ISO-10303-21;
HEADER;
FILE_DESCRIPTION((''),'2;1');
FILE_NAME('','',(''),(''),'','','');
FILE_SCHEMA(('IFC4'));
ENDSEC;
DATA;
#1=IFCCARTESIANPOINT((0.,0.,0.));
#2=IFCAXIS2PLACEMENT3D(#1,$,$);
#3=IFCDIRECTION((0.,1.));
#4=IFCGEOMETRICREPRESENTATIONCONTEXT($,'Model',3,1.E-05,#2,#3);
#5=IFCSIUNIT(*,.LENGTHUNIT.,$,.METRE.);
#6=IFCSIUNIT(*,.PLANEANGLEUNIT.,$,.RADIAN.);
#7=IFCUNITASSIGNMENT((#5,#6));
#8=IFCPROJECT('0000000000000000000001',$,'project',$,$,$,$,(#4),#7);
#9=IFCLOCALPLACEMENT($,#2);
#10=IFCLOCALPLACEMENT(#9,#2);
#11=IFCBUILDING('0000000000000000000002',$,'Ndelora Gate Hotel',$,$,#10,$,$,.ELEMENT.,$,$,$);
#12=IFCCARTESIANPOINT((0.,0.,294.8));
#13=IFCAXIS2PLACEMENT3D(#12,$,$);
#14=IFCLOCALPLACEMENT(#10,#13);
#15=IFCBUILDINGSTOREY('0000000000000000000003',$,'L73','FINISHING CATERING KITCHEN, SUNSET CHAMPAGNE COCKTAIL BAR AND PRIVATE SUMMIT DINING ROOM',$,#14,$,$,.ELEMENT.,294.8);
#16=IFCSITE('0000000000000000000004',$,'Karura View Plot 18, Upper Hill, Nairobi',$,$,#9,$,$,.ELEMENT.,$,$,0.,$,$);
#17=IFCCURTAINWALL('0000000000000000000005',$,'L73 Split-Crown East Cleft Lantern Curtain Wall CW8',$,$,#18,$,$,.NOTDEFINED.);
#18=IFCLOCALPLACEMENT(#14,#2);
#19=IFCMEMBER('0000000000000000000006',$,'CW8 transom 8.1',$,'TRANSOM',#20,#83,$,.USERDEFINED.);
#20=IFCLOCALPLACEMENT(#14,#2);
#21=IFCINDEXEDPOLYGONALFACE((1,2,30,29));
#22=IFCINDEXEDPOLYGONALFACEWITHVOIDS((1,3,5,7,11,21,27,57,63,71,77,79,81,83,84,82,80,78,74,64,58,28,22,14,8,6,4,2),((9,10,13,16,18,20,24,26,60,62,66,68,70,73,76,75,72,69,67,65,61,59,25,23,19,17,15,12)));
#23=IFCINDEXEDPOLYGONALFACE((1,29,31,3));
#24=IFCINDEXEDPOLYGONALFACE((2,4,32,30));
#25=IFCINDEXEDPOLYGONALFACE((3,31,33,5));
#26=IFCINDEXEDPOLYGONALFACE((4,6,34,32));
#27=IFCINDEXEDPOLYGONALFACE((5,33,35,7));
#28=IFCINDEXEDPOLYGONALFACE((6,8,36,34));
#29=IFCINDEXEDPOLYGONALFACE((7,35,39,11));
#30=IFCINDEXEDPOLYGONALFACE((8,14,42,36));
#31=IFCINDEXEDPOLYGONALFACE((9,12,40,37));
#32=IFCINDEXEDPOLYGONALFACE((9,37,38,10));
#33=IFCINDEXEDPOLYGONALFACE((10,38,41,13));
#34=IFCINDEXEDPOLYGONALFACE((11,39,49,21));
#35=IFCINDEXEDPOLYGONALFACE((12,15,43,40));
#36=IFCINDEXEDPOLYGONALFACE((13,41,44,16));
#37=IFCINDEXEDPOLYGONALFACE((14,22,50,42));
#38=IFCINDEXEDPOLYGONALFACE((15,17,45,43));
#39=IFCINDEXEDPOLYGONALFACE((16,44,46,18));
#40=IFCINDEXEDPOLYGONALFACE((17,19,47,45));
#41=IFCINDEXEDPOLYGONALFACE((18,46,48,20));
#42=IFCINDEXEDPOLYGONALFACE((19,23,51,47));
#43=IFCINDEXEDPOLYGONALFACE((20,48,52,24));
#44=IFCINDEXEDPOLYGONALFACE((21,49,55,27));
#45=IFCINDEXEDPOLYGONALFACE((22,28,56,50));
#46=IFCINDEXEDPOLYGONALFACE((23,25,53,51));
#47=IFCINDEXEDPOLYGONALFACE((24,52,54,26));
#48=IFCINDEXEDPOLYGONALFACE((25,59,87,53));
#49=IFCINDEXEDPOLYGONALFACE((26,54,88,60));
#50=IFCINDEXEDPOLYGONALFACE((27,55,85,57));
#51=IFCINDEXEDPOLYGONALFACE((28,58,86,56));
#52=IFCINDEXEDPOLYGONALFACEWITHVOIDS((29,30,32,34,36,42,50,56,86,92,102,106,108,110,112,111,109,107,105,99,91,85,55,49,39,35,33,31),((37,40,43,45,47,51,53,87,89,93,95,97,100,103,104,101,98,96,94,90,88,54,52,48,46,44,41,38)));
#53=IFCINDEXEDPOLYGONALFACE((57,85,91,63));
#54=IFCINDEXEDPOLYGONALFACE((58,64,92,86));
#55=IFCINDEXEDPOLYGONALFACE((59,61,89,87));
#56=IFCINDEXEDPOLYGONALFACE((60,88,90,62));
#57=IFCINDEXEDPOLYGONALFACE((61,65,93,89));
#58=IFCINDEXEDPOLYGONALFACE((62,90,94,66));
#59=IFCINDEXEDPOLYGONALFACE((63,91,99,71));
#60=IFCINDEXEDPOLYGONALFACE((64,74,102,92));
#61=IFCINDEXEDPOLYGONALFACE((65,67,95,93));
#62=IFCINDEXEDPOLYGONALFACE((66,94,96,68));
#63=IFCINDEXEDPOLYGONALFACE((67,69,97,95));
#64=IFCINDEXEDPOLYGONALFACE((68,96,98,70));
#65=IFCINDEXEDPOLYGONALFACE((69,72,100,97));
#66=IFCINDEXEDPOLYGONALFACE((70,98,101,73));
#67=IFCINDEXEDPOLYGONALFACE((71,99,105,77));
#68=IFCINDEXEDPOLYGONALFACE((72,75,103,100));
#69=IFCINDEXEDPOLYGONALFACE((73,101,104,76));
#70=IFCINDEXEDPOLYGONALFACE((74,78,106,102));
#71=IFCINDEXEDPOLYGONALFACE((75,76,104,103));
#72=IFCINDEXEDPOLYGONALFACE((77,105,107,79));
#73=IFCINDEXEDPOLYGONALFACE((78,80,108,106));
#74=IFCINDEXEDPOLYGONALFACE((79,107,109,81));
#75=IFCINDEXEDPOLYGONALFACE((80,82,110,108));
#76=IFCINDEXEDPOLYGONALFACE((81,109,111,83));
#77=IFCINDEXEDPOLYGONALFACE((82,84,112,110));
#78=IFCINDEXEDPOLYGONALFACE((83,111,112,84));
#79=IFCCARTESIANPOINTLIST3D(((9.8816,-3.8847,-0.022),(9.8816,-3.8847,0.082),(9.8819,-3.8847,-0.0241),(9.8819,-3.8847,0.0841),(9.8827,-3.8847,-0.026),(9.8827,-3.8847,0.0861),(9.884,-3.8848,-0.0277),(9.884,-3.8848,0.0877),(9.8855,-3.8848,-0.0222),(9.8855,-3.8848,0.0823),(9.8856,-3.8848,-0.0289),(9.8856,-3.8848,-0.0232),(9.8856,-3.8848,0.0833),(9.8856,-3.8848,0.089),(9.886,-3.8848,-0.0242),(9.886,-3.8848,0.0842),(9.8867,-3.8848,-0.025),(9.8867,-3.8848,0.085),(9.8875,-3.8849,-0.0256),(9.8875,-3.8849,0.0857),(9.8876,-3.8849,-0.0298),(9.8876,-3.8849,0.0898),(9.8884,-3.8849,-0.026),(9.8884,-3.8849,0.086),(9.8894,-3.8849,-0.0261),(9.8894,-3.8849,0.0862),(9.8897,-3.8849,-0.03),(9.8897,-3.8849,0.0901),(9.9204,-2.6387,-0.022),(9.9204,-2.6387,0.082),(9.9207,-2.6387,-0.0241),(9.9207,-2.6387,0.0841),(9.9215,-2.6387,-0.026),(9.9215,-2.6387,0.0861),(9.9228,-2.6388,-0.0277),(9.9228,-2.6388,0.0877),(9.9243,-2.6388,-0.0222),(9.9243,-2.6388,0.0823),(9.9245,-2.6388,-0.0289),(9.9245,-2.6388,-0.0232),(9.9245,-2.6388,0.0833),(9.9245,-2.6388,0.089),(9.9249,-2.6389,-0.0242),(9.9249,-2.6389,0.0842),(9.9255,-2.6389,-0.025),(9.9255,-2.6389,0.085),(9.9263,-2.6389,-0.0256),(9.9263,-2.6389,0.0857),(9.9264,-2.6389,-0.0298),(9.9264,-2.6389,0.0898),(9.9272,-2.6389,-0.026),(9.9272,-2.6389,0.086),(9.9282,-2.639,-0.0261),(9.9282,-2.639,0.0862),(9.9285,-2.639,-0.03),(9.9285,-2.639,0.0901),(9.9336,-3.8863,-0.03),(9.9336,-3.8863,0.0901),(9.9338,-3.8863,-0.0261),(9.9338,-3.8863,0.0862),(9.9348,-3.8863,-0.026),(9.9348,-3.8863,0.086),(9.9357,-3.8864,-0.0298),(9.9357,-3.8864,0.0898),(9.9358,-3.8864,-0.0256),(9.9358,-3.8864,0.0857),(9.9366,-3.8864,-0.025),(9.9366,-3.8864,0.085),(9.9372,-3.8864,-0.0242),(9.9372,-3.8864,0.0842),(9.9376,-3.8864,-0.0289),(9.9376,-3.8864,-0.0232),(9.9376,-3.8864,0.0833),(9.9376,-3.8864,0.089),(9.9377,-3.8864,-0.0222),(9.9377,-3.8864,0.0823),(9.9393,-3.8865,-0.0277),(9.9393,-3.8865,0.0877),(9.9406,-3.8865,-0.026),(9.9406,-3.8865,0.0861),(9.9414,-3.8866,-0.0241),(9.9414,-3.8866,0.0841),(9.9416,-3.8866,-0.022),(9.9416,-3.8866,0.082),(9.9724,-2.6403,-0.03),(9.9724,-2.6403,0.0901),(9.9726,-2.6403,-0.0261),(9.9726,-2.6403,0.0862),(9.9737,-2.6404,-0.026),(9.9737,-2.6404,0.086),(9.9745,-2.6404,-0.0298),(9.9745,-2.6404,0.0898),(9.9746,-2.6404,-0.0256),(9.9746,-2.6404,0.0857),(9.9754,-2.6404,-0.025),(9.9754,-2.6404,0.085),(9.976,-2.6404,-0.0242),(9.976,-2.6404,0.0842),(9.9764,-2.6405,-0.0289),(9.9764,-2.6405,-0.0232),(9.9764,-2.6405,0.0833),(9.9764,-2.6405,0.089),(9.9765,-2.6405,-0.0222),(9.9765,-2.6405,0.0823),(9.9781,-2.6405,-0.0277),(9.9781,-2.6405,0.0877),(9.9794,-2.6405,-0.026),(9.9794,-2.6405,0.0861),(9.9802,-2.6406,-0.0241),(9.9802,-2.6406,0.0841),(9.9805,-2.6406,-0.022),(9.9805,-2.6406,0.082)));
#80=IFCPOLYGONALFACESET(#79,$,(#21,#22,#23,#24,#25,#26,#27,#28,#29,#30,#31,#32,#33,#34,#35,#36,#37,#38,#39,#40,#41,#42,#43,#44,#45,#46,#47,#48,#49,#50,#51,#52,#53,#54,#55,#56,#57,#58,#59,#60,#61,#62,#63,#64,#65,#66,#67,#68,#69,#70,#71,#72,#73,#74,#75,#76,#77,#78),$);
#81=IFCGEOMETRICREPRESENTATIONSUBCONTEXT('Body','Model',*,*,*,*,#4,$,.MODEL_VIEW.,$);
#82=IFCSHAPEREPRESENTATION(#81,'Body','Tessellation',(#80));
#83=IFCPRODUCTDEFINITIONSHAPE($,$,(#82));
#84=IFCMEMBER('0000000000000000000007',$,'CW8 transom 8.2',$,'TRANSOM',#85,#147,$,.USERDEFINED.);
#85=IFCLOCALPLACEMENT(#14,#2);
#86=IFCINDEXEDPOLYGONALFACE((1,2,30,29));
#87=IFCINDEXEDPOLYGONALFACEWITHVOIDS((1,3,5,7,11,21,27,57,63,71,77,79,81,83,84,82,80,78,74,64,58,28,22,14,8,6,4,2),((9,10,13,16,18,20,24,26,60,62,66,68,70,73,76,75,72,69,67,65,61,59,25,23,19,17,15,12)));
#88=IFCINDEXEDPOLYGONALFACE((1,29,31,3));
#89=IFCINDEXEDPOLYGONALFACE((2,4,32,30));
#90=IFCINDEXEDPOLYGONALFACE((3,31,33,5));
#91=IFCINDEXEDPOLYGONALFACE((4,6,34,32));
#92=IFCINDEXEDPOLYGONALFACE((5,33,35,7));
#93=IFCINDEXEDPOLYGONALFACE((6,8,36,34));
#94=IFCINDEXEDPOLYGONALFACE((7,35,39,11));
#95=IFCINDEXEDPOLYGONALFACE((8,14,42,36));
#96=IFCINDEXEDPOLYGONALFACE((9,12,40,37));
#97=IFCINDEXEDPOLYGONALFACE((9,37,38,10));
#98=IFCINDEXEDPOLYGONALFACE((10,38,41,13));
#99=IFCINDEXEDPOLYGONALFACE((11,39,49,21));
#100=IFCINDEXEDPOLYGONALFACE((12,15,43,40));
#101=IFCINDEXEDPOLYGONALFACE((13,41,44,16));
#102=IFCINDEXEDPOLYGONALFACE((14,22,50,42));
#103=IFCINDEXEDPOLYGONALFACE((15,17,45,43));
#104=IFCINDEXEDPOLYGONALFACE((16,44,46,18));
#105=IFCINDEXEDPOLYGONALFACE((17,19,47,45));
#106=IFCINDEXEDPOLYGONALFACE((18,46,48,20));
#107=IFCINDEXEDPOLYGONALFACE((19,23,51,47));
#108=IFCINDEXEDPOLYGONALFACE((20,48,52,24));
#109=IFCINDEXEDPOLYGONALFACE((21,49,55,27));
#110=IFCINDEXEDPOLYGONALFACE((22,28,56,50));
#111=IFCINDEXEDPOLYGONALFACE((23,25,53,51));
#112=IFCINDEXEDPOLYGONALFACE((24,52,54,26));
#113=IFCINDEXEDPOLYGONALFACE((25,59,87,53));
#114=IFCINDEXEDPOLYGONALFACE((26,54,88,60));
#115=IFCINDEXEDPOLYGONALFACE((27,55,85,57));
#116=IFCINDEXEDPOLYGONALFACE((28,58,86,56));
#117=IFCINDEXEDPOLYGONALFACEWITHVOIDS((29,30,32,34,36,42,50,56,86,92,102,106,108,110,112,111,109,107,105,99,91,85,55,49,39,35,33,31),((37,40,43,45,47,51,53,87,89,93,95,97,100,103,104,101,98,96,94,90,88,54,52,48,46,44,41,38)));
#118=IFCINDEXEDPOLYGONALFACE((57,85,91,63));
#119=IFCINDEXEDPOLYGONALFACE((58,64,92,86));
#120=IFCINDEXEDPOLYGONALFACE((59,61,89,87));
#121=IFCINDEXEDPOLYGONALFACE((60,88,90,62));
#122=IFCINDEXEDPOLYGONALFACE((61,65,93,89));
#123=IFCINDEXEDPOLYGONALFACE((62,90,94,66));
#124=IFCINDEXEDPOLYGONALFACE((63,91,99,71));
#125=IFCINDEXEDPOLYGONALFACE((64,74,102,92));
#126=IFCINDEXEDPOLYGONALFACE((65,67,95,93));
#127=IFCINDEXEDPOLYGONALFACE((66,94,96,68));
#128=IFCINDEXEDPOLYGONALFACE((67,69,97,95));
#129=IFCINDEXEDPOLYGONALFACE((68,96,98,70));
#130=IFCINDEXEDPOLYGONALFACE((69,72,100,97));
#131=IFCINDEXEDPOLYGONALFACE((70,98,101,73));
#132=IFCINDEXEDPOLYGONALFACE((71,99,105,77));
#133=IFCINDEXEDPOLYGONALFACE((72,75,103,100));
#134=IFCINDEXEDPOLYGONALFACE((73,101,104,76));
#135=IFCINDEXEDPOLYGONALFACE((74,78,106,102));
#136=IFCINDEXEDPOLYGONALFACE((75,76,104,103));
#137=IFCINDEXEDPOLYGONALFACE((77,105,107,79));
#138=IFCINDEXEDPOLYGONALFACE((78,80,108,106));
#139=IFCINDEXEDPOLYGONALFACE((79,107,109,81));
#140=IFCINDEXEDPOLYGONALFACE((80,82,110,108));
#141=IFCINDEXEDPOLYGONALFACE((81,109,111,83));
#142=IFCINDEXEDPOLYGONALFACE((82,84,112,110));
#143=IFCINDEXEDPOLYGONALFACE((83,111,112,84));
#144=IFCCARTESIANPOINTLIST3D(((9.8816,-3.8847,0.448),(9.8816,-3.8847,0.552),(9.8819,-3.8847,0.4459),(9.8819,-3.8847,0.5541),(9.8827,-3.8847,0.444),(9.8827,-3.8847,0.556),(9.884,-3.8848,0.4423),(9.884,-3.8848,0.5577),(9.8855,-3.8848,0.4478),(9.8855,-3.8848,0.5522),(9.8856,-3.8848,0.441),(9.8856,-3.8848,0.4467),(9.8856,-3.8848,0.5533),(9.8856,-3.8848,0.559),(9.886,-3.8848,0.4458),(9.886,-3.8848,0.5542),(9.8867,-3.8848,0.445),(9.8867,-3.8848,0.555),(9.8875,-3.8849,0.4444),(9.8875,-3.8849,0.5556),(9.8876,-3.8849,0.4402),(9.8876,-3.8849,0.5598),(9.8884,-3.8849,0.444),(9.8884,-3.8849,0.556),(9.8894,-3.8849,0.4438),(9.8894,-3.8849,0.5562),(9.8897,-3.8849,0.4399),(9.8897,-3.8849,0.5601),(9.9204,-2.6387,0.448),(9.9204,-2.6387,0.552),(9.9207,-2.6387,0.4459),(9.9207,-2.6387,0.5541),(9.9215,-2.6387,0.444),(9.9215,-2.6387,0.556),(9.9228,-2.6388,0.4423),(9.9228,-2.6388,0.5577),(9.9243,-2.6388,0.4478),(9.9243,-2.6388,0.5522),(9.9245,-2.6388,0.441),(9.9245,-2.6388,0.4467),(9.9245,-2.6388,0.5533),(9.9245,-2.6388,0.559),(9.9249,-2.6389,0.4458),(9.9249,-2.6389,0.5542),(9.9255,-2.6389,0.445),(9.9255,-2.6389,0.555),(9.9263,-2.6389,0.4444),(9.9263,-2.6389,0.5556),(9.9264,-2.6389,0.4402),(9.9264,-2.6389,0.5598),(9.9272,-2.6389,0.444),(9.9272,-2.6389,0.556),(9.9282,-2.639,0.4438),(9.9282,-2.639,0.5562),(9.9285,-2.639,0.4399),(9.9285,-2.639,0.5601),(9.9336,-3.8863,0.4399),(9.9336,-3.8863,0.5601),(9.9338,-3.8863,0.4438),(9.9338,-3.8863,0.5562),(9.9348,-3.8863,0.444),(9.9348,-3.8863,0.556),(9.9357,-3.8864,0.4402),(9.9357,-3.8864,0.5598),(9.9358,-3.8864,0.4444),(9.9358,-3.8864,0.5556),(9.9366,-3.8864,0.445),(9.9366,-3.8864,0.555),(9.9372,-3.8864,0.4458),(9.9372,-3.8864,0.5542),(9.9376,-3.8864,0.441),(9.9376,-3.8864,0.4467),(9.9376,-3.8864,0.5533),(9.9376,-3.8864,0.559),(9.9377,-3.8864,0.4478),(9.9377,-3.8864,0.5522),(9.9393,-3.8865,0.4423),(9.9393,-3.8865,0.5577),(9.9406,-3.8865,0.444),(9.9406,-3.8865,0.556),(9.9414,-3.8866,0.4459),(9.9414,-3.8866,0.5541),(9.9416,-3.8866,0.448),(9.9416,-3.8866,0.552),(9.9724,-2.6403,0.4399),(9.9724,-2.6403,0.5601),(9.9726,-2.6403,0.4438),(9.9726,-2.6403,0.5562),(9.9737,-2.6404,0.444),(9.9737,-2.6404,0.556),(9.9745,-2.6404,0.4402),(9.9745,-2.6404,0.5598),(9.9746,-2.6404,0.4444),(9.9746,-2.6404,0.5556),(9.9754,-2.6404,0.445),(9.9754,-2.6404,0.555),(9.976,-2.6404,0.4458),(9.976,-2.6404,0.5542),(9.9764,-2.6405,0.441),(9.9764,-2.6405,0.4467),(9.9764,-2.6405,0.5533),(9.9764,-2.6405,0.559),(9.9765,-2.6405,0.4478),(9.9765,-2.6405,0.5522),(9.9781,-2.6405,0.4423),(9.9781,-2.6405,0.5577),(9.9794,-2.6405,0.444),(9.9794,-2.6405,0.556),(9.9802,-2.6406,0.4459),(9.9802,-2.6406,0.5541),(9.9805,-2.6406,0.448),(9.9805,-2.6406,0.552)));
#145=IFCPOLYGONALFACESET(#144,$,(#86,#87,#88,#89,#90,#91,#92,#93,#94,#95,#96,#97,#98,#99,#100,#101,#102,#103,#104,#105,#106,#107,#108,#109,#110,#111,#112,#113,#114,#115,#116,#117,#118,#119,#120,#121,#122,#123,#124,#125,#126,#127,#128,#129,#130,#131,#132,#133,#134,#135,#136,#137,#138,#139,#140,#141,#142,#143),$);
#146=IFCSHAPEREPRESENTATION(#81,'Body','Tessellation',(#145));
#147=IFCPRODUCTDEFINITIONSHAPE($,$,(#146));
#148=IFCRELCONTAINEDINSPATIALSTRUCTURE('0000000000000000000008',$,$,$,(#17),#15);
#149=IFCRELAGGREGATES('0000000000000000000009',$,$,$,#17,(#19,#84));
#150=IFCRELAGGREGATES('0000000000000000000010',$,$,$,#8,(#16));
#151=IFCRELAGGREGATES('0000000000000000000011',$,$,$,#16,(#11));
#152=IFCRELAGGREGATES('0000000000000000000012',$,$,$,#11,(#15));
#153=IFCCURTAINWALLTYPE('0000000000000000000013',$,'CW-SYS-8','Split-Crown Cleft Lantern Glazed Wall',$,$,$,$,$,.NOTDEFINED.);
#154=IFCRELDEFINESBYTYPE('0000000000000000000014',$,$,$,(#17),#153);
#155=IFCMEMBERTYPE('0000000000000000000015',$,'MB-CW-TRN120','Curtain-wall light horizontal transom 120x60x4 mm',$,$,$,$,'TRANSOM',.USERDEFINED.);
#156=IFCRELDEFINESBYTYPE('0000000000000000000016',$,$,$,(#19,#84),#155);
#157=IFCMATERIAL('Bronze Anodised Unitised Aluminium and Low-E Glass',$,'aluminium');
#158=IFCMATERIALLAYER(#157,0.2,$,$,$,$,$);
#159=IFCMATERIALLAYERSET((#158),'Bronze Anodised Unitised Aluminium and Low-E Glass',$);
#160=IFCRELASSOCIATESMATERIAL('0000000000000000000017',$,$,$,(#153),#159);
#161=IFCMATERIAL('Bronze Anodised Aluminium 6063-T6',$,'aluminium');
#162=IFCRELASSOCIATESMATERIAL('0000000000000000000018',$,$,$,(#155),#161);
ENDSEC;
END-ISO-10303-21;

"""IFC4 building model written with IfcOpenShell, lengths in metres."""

from ifc_helpers import new_model, si_unit, direction, frame, origin, origin_2d, place, context, subcontext, project, spatial, hollow_rectangle, extrude, material, layer, layer_set, material_profile, profile_set, type_object, element, aggregate, save


model = new_model("IFC4")

# Units and contexts
model_context = context("Model", 3, precision=1e-05, world=origin(), true_north=direction((0.0, 1.0)))
body_context = subcontext(model_context, "Body", "Model", "MODEL_VIEW")
ifc_project = project(units=[si_unit("LENGTHUNIT", "METRE"), si_unit("PLANEANGLEUNIT", "RADIAN")], contexts=[model_context])

# Site, building, storey
site_placement = place(None, origin())
site = spatial("IfcSite", under=ifc_project, at=site_placement, Name="Karura View Plot 18, Upper Hill, Nairobi", CompositionType="ELEMENT", RefElevation=0.0)
building_placement = place(site_placement, origin())
building = spatial("IfcBuilding", under=site, at=building_placement, Name="Ndelora Gate Hotel", CompositionType="ELEMENT")
storey_placement = place(building_placement, frame((0.0, 0.0, 294.8)))
storey = spatial("IfcBuildingStorey", under=building, at=storey_placement, Name="L73", Description="FINISHING CATERING KITCHEN, SUNSET CHAMPAGNE COCKTAIL BAR AND PRIVATE SUMMIT DINING ROOM", CompositionType="ELEMENT", Elevation=294.8)

# Shared definitions
ifc_material_1 = material(Name="Bronze Anodised Unitised Aluminium and Low-E Glass", Category="aluminium")
ifc_layer_1 = layer(ifc_material_1, 0.2)
ifc_layer_set_1 = layer_set([ifc_layer_1], Name="Bronze Anodised Unitised Aluminium and Low-E Glass")
curtain_wall_type = type_object("IfcCurtainWallType", Name="CW-SYS-8", Description="Split-Crown Cleft Lantern Glazed Wall", PredefinedType="NOTDEFINED", material=ifc_layer_set_1)
ifc_material_2 = material(Name="Bronze Anodised Aluminium 6063-T6", Category="aluminium")

# Curtain wall, members
curtain_wall_1_placement = place(storey_placement, origin())
curtain_wall_1 = element("IfcCurtainWall", 1, at=curtain_wall_1_placement, inside=storey, type_object=curtain_wall_type, Name="L73 Split-Crown East Cleft Lantern Curtain Wall CW8", PredefinedType="NOTDEFINED")
ifc_material_profile_1 = material_profile(ifc_material_2, hollow_rectangle(XDim=0.0601, YDim=0.1201, WallThickness=0.0039, InnerFilletRadius=0.0039, OuterFilletRadius=0.0081, at=origin_2d()), Name="ALU 120x60x4")
ifc_profile_set_1 = profile_set([ifc_material_profile_1], Name="Bronze Anodised Aluminium 6063-T6")
member_type_1 = type_object("IfcMemberType", Name="MB-CW-TRN120", Description="Curtain-wall light horizontal transom 120x60x4 mm", ElementType="TRANSOM", PredefinedType="USERDEFINED", material=ifc_profile_set_1)
member_1_placement = place(storey_placement, frame((9.9504, -2.6396, 0.03), z_axis=(-0.031137, -0.999515, 0.0), x_axis=(0.999515, -0.031137, 0.0)))
member_1 = element("IfcMember", 2, at=member_1_placement, type_object=member_type_1, Name="CW8 transom 8.1", ObjectType="TRANSOM", PredefinedType="USERDEFINED", context=body_context, shape_type="SweptSolid", body=[
    extrude(hollow_rectangle(XDim=0.0601, YDim=0.1201, WallThickness=0.0039, InnerFilletRadius=0.0039, OuterFilletRadius=0.0081, at=origin_2d()), origin(), (0.0, 0.0, 1.0), 1.2466),
])
member_2_placement = place(storey_placement, frame((9.9504, -2.6396, 0.5), z_axis=(-0.031137, -0.999515, 0.0), x_axis=(0.999515, -0.031137, 0.0)))
member_2 = element("IfcMember", 3, at=member_2_placement, type_object=member_type_1, Name="CW8 transom 8.2", ObjectType="TRANSOM", PredefinedType="USERDEFINED", context=body_context, shape_type="SweptSolid", body=[
    extrude(hollow_rectangle(XDim=0.0601, YDim=0.1201, WallThickness=0.0039, InnerFilletRadius=0.0039, OuterFilletRadius=0.0081, at=origin_2d()), origin(), (0.0, 0.0, 1.0), 1.2466),
])

aggregate(curtain_wall_1, [member_1, member_2])

save(model, "model.ifc")
